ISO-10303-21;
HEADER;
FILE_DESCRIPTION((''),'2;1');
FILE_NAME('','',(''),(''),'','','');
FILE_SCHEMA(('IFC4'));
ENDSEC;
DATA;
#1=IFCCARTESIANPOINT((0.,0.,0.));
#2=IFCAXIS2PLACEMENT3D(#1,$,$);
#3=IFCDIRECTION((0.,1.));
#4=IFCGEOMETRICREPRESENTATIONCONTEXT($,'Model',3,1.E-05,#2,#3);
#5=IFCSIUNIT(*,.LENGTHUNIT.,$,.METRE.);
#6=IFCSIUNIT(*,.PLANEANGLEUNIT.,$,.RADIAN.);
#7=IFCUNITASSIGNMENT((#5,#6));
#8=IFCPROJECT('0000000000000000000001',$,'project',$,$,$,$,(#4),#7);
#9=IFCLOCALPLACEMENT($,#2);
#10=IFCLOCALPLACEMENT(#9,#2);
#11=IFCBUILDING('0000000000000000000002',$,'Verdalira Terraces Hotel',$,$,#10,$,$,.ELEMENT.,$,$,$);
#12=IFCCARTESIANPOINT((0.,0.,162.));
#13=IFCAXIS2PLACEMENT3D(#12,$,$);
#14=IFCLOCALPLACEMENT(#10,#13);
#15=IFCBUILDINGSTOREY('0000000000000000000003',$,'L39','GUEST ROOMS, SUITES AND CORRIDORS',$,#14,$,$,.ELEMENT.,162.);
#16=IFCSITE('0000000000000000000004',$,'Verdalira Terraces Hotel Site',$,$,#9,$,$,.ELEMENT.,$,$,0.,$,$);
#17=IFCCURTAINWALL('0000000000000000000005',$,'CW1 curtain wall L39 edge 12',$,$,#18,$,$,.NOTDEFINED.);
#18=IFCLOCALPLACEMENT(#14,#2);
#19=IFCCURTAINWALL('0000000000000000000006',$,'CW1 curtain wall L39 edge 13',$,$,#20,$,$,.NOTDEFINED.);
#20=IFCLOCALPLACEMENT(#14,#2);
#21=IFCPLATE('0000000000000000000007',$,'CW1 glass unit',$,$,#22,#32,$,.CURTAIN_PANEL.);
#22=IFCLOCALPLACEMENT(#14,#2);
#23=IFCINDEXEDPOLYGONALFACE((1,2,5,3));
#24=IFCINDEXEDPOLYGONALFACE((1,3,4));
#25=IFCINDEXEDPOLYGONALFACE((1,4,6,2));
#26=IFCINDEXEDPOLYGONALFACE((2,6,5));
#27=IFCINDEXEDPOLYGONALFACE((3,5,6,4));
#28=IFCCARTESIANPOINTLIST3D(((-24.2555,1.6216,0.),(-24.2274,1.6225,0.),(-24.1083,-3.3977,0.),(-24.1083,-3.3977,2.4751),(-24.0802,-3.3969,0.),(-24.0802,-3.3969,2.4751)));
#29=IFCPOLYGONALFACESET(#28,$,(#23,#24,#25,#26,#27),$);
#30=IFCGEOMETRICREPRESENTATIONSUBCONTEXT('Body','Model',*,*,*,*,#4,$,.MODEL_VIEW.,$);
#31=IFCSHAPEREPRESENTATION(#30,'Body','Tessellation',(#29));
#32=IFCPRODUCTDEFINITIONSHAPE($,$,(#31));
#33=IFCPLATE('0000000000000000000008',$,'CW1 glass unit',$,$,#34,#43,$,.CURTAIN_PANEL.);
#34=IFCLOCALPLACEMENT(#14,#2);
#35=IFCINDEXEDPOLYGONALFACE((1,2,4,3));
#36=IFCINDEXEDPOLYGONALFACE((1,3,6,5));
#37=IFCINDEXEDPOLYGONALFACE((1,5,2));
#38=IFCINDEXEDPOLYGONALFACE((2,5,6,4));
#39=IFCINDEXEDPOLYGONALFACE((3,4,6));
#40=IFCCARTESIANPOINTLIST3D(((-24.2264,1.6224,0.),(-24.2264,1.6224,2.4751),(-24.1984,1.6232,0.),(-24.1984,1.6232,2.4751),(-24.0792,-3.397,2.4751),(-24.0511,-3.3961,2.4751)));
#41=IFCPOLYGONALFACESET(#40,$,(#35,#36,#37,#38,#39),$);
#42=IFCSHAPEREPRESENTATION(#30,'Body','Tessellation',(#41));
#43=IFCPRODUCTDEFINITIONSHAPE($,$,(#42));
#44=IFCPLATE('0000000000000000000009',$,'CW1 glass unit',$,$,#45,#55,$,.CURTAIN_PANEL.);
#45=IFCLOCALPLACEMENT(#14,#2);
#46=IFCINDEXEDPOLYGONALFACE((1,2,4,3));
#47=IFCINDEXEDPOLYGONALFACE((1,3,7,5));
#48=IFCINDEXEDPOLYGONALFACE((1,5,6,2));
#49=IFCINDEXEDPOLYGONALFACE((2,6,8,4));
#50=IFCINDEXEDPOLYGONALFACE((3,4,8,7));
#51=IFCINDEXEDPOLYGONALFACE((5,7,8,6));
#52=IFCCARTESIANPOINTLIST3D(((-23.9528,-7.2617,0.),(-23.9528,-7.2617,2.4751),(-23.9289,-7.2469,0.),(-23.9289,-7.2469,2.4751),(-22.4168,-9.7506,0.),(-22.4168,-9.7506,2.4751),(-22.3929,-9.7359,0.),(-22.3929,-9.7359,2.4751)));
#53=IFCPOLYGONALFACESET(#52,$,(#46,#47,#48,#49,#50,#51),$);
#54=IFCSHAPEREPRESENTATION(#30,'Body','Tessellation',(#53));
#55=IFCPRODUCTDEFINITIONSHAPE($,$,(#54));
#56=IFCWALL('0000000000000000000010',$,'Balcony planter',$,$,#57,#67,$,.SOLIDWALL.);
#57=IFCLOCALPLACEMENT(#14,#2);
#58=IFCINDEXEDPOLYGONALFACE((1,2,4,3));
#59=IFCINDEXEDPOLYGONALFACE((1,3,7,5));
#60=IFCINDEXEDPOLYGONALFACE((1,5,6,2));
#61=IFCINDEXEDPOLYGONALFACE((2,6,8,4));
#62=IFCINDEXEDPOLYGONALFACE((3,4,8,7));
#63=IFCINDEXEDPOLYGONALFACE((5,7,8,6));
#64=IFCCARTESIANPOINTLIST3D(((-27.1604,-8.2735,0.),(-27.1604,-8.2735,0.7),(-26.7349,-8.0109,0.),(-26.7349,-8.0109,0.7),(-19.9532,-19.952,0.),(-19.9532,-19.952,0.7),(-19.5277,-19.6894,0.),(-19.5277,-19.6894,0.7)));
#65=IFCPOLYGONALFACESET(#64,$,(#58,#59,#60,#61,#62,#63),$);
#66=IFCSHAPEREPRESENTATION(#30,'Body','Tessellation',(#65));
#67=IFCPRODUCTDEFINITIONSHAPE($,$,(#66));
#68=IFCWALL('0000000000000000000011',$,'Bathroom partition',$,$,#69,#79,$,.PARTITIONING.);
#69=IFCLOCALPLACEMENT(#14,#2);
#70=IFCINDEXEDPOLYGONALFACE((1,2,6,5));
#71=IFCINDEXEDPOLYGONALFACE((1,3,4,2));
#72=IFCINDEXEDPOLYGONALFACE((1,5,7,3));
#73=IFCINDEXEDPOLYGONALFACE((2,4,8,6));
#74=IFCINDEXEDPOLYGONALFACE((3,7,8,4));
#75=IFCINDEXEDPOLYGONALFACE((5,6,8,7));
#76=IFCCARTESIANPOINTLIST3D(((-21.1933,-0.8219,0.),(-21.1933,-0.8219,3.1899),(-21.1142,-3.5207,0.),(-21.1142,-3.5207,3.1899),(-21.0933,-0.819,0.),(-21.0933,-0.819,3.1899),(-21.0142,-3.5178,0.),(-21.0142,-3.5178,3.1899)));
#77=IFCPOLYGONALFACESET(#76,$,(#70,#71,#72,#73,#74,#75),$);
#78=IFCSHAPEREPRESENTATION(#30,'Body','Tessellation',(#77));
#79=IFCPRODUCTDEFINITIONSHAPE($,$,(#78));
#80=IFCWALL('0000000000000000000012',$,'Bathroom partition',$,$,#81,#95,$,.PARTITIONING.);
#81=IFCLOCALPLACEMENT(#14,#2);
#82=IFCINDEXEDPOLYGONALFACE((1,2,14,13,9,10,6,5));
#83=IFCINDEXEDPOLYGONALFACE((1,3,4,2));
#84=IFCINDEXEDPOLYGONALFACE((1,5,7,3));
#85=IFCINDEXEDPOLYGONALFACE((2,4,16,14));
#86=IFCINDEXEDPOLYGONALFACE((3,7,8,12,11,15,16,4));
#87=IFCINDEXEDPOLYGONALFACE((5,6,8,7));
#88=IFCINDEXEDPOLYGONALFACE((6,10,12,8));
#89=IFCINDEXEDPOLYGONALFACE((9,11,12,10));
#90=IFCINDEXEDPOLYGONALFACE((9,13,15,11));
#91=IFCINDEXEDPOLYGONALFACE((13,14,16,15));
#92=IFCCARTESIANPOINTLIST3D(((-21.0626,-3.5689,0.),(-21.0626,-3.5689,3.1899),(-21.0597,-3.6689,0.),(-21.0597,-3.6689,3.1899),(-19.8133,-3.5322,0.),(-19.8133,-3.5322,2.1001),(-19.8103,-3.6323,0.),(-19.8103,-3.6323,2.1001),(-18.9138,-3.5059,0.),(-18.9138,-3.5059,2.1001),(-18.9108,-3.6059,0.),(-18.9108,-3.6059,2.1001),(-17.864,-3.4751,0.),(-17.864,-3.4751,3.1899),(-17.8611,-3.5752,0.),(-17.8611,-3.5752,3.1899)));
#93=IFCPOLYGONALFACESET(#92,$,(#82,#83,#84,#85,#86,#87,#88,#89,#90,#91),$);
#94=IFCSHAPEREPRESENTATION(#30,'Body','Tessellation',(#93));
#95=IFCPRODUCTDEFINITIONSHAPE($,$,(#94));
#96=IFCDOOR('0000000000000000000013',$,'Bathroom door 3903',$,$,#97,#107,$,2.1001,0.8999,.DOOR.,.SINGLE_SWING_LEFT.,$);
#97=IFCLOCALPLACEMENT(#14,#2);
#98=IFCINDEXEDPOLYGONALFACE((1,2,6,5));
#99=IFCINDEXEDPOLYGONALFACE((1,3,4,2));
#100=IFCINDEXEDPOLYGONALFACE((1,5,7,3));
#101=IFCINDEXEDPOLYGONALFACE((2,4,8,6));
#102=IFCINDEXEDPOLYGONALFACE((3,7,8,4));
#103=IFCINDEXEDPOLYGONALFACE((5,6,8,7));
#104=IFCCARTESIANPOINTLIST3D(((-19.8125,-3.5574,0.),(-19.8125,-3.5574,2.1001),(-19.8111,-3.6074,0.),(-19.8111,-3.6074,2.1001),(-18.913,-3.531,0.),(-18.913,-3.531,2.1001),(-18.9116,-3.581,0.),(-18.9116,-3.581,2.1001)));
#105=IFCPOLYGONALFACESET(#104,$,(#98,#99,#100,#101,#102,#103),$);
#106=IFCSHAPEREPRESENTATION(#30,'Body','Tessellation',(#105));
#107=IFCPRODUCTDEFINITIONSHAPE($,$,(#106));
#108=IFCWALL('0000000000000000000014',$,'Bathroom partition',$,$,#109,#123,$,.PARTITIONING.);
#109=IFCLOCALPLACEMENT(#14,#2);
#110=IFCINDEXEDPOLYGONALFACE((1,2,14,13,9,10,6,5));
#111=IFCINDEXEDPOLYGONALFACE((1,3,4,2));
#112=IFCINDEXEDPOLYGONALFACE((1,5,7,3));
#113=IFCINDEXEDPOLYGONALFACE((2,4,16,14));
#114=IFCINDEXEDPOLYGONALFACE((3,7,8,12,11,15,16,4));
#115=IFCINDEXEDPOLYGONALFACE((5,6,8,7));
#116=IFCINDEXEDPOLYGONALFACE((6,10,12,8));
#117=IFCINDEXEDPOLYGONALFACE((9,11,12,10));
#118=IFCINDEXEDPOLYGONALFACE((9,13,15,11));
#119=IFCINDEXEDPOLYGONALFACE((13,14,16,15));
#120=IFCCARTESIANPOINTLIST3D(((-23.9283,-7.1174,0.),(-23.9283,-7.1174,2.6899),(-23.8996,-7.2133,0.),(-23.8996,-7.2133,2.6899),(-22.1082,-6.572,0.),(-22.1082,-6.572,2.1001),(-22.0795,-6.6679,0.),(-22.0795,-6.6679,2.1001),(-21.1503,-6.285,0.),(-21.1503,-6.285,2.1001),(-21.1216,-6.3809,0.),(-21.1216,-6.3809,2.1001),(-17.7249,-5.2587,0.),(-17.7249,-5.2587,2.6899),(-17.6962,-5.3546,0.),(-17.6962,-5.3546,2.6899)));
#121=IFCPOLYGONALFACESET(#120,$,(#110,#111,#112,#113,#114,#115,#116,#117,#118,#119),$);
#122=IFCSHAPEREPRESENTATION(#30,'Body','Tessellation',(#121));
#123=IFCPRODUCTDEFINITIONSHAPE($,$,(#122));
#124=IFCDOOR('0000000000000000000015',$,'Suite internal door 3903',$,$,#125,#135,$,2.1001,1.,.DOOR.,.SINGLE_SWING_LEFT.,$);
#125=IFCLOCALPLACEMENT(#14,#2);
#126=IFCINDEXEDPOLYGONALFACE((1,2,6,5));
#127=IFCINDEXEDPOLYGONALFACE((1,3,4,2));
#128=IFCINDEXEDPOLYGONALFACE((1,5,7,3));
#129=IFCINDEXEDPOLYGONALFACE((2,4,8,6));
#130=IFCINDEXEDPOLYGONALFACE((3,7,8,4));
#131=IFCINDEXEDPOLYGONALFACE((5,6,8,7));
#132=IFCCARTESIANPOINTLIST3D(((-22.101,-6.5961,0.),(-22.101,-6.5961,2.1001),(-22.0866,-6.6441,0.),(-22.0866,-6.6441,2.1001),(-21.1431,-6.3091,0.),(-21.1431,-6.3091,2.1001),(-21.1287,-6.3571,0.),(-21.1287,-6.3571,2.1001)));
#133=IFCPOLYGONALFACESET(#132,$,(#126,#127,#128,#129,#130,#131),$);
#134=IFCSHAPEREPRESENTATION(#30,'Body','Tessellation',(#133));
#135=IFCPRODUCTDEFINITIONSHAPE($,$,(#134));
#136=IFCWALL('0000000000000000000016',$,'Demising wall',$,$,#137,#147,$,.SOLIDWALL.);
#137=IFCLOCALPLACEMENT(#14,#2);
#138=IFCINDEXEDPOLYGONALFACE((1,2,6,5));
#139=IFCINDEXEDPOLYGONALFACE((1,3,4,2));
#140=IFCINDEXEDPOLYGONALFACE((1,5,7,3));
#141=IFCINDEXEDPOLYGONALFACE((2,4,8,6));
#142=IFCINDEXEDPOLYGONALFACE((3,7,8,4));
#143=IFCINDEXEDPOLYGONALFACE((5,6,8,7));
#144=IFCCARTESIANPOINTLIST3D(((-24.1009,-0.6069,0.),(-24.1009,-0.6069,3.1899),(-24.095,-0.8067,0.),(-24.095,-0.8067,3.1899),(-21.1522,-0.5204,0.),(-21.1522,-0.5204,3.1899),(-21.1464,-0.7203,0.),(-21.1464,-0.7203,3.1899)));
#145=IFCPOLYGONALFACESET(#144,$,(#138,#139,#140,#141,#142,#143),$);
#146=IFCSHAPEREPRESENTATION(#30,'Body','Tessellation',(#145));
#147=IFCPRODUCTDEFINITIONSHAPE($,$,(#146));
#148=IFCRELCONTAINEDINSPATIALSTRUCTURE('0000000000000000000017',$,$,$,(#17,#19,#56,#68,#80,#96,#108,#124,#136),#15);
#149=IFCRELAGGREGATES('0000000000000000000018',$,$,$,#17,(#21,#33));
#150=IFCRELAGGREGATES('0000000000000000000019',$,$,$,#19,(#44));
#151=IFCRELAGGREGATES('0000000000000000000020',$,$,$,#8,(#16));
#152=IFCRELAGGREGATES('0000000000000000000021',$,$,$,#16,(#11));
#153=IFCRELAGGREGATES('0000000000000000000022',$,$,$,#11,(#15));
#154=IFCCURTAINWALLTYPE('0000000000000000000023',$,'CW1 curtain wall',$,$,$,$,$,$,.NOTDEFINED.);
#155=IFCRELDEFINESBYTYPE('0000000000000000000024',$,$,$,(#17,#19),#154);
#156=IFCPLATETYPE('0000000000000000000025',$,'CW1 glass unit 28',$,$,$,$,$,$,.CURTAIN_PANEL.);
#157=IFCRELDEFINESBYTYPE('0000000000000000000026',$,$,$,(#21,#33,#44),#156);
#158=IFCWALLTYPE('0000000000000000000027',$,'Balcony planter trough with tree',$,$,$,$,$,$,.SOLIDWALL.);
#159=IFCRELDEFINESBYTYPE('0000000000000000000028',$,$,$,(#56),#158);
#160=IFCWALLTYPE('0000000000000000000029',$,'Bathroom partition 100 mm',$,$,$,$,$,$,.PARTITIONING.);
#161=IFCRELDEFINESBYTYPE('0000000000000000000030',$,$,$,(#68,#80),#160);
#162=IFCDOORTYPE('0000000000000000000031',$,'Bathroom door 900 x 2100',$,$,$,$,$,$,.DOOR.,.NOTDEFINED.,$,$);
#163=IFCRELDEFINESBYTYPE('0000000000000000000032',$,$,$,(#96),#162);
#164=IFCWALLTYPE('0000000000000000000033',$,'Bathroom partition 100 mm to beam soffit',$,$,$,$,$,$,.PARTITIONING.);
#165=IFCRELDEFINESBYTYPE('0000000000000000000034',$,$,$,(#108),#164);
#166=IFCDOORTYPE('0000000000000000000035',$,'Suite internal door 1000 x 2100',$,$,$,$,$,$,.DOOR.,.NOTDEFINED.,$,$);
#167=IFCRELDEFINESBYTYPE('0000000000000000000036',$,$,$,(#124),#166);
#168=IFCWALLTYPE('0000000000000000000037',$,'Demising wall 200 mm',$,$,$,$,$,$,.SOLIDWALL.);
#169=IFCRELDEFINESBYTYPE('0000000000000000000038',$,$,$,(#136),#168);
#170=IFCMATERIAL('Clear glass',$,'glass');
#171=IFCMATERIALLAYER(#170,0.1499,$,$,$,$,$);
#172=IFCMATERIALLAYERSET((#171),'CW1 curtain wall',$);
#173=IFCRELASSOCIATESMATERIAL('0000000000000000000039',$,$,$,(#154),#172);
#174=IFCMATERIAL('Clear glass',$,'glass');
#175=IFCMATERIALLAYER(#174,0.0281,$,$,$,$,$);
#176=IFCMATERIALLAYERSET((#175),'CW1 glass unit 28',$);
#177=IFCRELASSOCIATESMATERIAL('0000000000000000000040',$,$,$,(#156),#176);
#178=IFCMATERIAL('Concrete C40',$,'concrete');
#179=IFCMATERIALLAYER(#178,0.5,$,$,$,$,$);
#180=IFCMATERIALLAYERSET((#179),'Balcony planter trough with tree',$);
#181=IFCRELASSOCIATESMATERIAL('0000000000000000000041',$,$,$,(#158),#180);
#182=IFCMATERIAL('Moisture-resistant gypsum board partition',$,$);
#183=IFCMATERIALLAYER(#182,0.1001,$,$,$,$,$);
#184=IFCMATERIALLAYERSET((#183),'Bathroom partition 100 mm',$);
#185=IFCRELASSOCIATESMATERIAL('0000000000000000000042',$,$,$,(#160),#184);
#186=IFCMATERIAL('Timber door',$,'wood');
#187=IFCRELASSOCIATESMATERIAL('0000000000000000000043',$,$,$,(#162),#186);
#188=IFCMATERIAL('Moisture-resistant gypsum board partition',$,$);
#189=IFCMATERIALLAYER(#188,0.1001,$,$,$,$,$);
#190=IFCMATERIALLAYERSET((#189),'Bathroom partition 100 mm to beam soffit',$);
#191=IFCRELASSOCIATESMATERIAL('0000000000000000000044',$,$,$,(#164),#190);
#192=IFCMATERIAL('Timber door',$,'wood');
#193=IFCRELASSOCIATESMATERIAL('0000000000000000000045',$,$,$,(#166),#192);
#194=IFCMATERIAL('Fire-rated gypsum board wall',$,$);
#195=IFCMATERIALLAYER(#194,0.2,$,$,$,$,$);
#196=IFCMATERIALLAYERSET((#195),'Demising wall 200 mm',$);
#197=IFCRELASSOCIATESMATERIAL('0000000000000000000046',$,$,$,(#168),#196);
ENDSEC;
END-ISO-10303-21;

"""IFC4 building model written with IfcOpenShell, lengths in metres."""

from ifc_helpers import new_model, si_unit, direction, frame, frame_2d, origin, origin_2d, place, context, subcontext, project, spatial, polyline, rectangle, outline, extrude, material, layer, layer_set, type_object, element, fill, aggregate, save


model = new_model("IFC4")

# Units and contexts
model_context = context("Model", 3, precision=1e-05, world=origin(), true_north=direction((0.0, 1.0)))
body_context = subcontext(model_context, "Body", "Model", "MODEL_VIEW")
ifc_project = project(units=[si_unit("LENGTHUNIT", "METRE"), si_unit("PLANEANGLEUNIT", "RADIAN")], contexts=[model_context])

# Site, building, storey
site_placement = place(None, origin())
site = spatial("IfcSite", under=ifc_project, at=site_placement, Name="Verdalira Terraces Hotel Site", CompositionType="ELEMENT", RefElevation=0.0)
building_placement = place(site_placement, origin())
building = spatial("IfcBuilding", under=site, at=building_placement, Name="Verdalira Terraces Hotel", CompositionType="ELEMENT")
storey_placement = place(building_placement, frame((0.0, 0.0, 162.0)))
storey = spatial("IfcBuildingStorey", under=building, at=storey_placement, Name="L39", Description="GUEST ROOMS, SUITES AND CORRIDORS", CompositionType="ELEMENT", Elevation=162.0)

# Curtain wall
ifc_material_1 = material(Name="Clear glass", Category="glass")
ifc_layer_1 = layer(ifc_material_1, 0.1499)
ifc_layer_set_1 = layer_set([ifc_layer_1], Name="CW1 curtain wall")
curtain_wall_type = type_object("IfcCurtainWallType", Name="CW1 curtain wall", PredefinedType="NOTDEFINED", material=ifc_layer_set_1)
curtain_wall_1_placement = place(storey_placement, origin())
curtain_wall_1 = element("IfcCurtainWall", 1, at=curtain_wall_1_placement, inside=storey, type_object=curtain_wall_type, Name="CW1 curtain wall L39 edge 12", PredefinedType="NOTDEFINED")

# Curtain wall
curtain_wall_2_placement = place(storey_placement, origin())
curtain_wall_2 = element("IfcCurtainWall", 2, at=curtain_wall_2_placement, inside=storey, type_object=curtain_wall_type, Name="CW1 curtain wall L39 edge 13", PredefinedType="NOTDEFINED")

# Plates
ifc_material_2 = material(Name="Clear glass", Category="glass")
ifc_layer_2 = layer(ifc_material_2, 0.0281)
ifc_layer_set_2 = layer_set([ifc_layer_2], Name="CW1 glass unit 28")
plate_type = type_object("IfcPlateType", Name="CW1 glass unit 28", PredefinedType="CURTAIN_PANEL", material=ifc_layer_set_2)
plate_1_placement = place(storey_placement, frame((-24.1538, -0.8872, 1.2375), z_axis=(-0.99957, -0.029317, 0.0), x_axis=(0.029317, -0.99957, 0.0)))
plate_1 = element("IfcPlate", 3, at=plate_1_placement, type_object=plate_type, Name="CW1 glass unit", PredefinedType="CURTAIN_PANEL", context=body_context, shape_type="SweptSolid", body=[
    extrude(outline(polyline([(-2.5107, -1.2375), (2.5107, -1.2375), (2.5107, 1.2375), (-2.5107, -1.2375)])), origin(), (0.0, 0.0, 1.0), 0.0281),
])
plate_2_placement = place(storey_placement, frame((-24.1248, -0.8865, 1.2375), z_axis=(-0.99957, -0.029317, 0.0), x_axis=(0.029317, -0.99957, 0.0)))
plate_2 = element("IfcPlate", 4, at=plate_2_placement, type_object=plate_type, Name="CW1 glass unit", PredefinedType="CURTAIN_PANEL", context=body_context, shape_type="SweptSolid", body=[
    extrude(outline(polyline([(-2.5107, -1.2375), (2.5107, 1.2375), (-2.5107, 1.2375), (-2.5107, -1.2375)])), origin(), (0.0, 0.0, 1.0), 0.0281),
])
aggregate(curtain_wall_1, [plate_1, plate_2])
plate_3_placement = place(storey_placement, frame((-23.1729, -8.4988, 0.0), z_axis=(0.0, 0.0, 1.0), x_axis=(0.525175, -0.850994, 0.0)))
plate_3 = element("IfcPlate", 5, at=plate_3_placement, type_object=plate_type, Name="CW1 glass unit", PredefinedType="CURTAIN_PANEL", context=body_context, shape_type="SweptSolid", body=[
    extrude(rectangle(XDim=2.9248, YDim=0.0281, at=origin_2d()), origin(), (0.0, 0.0, 1.0), 2.4751),
])
aggregate(curtain_wall_2, [plate_3])

# Walls
ifc_material_3 = material(Name="Concrete C40", Category="concrete")
ifc_layer_3 = layer(ifc_material_3, 0.5)
ifc_layer_set_3 = layer_set([ifc_layer_3], Name="Balcony planter trough with tree")
wall_type_1 = type_object("IfcWallType", Name="Balcony planter trough with tree", PredefinedType="SOLIDWALL", material=ifc_layer_set_3)
wall_1_placement = place(storey_placement, frame((-26.9478, -8.1421, 0.0), z_axis=(0.0, 0.0, 1.0), x_axis=(0.525182, -0.85099, 0.0)))
element("IfcWall", 6, at=wall_1_placement, inside=storey, type_object=wall_type_1, Name="Balcony planter", PredefinedType="SOLIDWALL", context=body_context, shape_type="SweptSolid", body=[
    extrude(rectangle(XDim=13.7234, YDim=0.5, at=frame_2d((6.8618, 0.0))), origin(), (0.0, 0.0, 1.0), 0.7),
])
ifc_material_4 = material(Name="Moisture-resistant gypsum board partition")
ifc_layer_4 = layer(ifc_material_4, 0.1001)
ifc_layer_set_4 = layer_set([ifc_layer_4], Name="Bathroom partition 100 mm")
wall_type_2 = type_object("IfcWallType", Name="Bathroom partition 100 mm", PredefinedType="PARTITIONING", material=ifc_layer_set_4)
wall_2_placement = place(storey_placement, frame((-21.1433, -0.8203, 0.0), z_axis=(0.0, 0.0, 1.0), x_axis=(0.029298, -0.999571, 0.0)))
element("IfcWall", 7, at=wall_2_placement, inside=storey, type_object=wall_type_2, Name="Bathroom partition", PredefinedType="PARTITIONING", context=body_context, shape_type="SweptSolid", body=[
    extrude(rectangle(XDim=2.7, YDim=0.1001, at=frame_2d((1.3501, 0.0))), origin(), (0.0, 0.0, 1.0), 3.1899),
])

# Walls, openings, doors
wall_3_placement = place(storey_placement, frame((-21.0613, -3.6189, 0.0), z_axis=(0.0, 0.0, 1.0), x_axis=(0.999571, 0.029298, 0.0)))
wall_3 = element("IfcWall", 8, at=wall_3_placement, inside=storey, type_object=wall_type_2, Name="Bathroom partition", PredefinedType="PARTITIONING", context=body_context, shape_type="SweptSolid", body=[
    extrude(rectangle(XDim=3.2, YDim=0.1001, at=frame_2d((1.6001, 0.0))), origin(), (0.0, 0.0, 1.0), 3.1899),
])
opening_1_placement = place(wall_3_placement, frame((1.25, 0.0, 0.0)))
opening_1 = element("IfcOpeningElement", 9, at=opening_1_placement, cuts=wall_3, PredefinedType="OPENING", context=body_context, shape_type="SweptSolid", body=[
    extrude(rectangle(XDim=0.8999, YDim=2.1001, at=frame_2d((0.45, 1.05))), frame((0.0, 0.0601, 0.0), z_axis=(0.0, -1.0, 0.0), x_axis=(1.0, 0.0, 0.0)), (0.0, 0.0, 1.0), 0.1201),
])
ifc_material_5 = material(Name="Timber door", Category="wood")
door_type_1 = type_object("IfcDoorType", Name="Bathroom door 900 x 2100", OperationType="NOTDEFINED", PredefinedType="DOOR", material=ifc_material_5)
door_1_placement = place(opening_1_placement, origin())
door_1 = element("IfcDoor", 10, at=door_1_placement, inside=storey, type_object=door_type_1, Name="Bathroom door 3903", OperationType="SINGLE_SWING_LEFT", OverallHeight=2.1001, OverallWidth=0.8999, PredefinedType="DOOR", context=body_context, shape_type="SweptSolid", body=[
    extrude(rectangle(XDim=0.8999, YDim=2.1001, at=frame_2d((0.45, 1.05))), frame((0.0, 0.0249, 0.0), z_axis=(0.0, -1.0, 0.0), x_axis=(1.0, 0.0, 0.0)), (0.0, 0.0, 1.0), 0.05),
])
fill(opening_1, door_1)
ifc_material_6 = material(Name="Moisture-resistant gypsum board partition")
ifc_layer_5 = layer(ifc_material_6, 0.1001)
ifc_layer_set_5 = layer_set([ifc_layer_5], Name="Bathroom partition 100 mm to beam soffit")
wall_type_3 = type_object("IfcWallType", Name="Bathroom partition 100 mm to beam soffit", PredefinedType="PARTITIONING", material=ifc_layer_set_5)
wall_4_placement = place(storey_placement, frame((-23.9138, -7.1653, 0.0), z_axis=(0.0, 0.0, 1.0), x_axis=(0.957927, 0.287012, 0.0)))
wall_4 = element("IfcWall", 11, at=wall_4_placement, inside=storey, type_object=wall_type_3, Name="Bathroom partition", PredefinedType="PARTITIONING", context=body_context, shape_type="SweptSolid", body=[
    extrude(rectangle(XDim=6.4758, YDim=0.1001, at=frame_2d((3.2378, 0.0))), origin(), (0.0, 0.0, 1.0), 2.6899),
])
opening_2_placement = place(wall_4_placement, frame((1.8999, 0.0, 0.0)))
opening_2 = element("IfcOpeningElement", 12, at=opening_2_placement, cuts=wall_4, PredefinedType="OPENING", context=body_context, shape_type="SweptSolid", body=[
    extrude(rectangle(XDim=1.0, YDim=2.1001, at=frame_2d((0.5, 1.05))), frame((0.0, 0.0601, 0.0), z_axis=(0.0, -1.0, 0.0), x_axis=(1.0, 0.0, 0.0)), (0.0, 0.0, 1.0), 0.1201),
])
ifc_material_7 = material(Name="Timber door", Category="wood")
door_type_2 = type_object("IfcDoorType", Name="Suite internal door 1000 x 2100", OperationType="NOTDEFINED", PredefinedType="DOOR", material=ifc_material_7)
door_2_placement = place(opening_2_placement, origin())
door_2 = element("IfcDoor", 13, at=door_2_placement, inside=storey, type_object=door_type_2, Name="Suite internal door 3903", OperationType="SINGLE_SWING_LEFT", OverallHeight=2.1001, OverallWidth=1.0, PredefinedType="DOOR", context=body_context, shape_type="SweptSolid", body=[
    extrude(rectangle(XDim=1.0, YDim=2.1001, at=frame_2d((0.5, 1.05))), frame((0.0, 0.0249, 0.0), z_axis=(0.0, -1.0, 0.0), x_axis=(1.0, 0.0, 0.0)), (0.0, 0.0, 1.0), 0.05),
])
fill(opening_2, door_2)

# Wall
ifc_material_8 = material(Name="Fire-rated gypsum board wall")
ifc_layer_6 = layer(ifc_material_8, 0.2)
ifc_layer_set_6 = layer_set([ifc_layer_6], Name="Demising wall 200 mm")
wall_type_4 = type_object("IfcWallType", Name="Demising wall 200 mm", PredefinedType="SOLIDWALL", material=ifc_layer_set_6)
wall_5_placement = place(storey_placement, frame((-21.1492, -0.6204, 0.0), z_axis=(0.0, 0.0, 1.0), x_axis=(-0.999571, -0.029297, 0.0)))
element("IfcWall", 14, at=wall_5_placement, inside=storey, type_object=wall_type_4, Name="Demising wall", PredefinedType="SOLIDWALL", context=body_context, shape_type="SweptSolid", body=[
    extrude(rectangle(XDim=2.95, YDim=0.2, at=frame_2d((1.4751, 0.0))), origin(), (0.0, 0.0, 1.0), 3.1899),
])

save(model, "model.ifc")
